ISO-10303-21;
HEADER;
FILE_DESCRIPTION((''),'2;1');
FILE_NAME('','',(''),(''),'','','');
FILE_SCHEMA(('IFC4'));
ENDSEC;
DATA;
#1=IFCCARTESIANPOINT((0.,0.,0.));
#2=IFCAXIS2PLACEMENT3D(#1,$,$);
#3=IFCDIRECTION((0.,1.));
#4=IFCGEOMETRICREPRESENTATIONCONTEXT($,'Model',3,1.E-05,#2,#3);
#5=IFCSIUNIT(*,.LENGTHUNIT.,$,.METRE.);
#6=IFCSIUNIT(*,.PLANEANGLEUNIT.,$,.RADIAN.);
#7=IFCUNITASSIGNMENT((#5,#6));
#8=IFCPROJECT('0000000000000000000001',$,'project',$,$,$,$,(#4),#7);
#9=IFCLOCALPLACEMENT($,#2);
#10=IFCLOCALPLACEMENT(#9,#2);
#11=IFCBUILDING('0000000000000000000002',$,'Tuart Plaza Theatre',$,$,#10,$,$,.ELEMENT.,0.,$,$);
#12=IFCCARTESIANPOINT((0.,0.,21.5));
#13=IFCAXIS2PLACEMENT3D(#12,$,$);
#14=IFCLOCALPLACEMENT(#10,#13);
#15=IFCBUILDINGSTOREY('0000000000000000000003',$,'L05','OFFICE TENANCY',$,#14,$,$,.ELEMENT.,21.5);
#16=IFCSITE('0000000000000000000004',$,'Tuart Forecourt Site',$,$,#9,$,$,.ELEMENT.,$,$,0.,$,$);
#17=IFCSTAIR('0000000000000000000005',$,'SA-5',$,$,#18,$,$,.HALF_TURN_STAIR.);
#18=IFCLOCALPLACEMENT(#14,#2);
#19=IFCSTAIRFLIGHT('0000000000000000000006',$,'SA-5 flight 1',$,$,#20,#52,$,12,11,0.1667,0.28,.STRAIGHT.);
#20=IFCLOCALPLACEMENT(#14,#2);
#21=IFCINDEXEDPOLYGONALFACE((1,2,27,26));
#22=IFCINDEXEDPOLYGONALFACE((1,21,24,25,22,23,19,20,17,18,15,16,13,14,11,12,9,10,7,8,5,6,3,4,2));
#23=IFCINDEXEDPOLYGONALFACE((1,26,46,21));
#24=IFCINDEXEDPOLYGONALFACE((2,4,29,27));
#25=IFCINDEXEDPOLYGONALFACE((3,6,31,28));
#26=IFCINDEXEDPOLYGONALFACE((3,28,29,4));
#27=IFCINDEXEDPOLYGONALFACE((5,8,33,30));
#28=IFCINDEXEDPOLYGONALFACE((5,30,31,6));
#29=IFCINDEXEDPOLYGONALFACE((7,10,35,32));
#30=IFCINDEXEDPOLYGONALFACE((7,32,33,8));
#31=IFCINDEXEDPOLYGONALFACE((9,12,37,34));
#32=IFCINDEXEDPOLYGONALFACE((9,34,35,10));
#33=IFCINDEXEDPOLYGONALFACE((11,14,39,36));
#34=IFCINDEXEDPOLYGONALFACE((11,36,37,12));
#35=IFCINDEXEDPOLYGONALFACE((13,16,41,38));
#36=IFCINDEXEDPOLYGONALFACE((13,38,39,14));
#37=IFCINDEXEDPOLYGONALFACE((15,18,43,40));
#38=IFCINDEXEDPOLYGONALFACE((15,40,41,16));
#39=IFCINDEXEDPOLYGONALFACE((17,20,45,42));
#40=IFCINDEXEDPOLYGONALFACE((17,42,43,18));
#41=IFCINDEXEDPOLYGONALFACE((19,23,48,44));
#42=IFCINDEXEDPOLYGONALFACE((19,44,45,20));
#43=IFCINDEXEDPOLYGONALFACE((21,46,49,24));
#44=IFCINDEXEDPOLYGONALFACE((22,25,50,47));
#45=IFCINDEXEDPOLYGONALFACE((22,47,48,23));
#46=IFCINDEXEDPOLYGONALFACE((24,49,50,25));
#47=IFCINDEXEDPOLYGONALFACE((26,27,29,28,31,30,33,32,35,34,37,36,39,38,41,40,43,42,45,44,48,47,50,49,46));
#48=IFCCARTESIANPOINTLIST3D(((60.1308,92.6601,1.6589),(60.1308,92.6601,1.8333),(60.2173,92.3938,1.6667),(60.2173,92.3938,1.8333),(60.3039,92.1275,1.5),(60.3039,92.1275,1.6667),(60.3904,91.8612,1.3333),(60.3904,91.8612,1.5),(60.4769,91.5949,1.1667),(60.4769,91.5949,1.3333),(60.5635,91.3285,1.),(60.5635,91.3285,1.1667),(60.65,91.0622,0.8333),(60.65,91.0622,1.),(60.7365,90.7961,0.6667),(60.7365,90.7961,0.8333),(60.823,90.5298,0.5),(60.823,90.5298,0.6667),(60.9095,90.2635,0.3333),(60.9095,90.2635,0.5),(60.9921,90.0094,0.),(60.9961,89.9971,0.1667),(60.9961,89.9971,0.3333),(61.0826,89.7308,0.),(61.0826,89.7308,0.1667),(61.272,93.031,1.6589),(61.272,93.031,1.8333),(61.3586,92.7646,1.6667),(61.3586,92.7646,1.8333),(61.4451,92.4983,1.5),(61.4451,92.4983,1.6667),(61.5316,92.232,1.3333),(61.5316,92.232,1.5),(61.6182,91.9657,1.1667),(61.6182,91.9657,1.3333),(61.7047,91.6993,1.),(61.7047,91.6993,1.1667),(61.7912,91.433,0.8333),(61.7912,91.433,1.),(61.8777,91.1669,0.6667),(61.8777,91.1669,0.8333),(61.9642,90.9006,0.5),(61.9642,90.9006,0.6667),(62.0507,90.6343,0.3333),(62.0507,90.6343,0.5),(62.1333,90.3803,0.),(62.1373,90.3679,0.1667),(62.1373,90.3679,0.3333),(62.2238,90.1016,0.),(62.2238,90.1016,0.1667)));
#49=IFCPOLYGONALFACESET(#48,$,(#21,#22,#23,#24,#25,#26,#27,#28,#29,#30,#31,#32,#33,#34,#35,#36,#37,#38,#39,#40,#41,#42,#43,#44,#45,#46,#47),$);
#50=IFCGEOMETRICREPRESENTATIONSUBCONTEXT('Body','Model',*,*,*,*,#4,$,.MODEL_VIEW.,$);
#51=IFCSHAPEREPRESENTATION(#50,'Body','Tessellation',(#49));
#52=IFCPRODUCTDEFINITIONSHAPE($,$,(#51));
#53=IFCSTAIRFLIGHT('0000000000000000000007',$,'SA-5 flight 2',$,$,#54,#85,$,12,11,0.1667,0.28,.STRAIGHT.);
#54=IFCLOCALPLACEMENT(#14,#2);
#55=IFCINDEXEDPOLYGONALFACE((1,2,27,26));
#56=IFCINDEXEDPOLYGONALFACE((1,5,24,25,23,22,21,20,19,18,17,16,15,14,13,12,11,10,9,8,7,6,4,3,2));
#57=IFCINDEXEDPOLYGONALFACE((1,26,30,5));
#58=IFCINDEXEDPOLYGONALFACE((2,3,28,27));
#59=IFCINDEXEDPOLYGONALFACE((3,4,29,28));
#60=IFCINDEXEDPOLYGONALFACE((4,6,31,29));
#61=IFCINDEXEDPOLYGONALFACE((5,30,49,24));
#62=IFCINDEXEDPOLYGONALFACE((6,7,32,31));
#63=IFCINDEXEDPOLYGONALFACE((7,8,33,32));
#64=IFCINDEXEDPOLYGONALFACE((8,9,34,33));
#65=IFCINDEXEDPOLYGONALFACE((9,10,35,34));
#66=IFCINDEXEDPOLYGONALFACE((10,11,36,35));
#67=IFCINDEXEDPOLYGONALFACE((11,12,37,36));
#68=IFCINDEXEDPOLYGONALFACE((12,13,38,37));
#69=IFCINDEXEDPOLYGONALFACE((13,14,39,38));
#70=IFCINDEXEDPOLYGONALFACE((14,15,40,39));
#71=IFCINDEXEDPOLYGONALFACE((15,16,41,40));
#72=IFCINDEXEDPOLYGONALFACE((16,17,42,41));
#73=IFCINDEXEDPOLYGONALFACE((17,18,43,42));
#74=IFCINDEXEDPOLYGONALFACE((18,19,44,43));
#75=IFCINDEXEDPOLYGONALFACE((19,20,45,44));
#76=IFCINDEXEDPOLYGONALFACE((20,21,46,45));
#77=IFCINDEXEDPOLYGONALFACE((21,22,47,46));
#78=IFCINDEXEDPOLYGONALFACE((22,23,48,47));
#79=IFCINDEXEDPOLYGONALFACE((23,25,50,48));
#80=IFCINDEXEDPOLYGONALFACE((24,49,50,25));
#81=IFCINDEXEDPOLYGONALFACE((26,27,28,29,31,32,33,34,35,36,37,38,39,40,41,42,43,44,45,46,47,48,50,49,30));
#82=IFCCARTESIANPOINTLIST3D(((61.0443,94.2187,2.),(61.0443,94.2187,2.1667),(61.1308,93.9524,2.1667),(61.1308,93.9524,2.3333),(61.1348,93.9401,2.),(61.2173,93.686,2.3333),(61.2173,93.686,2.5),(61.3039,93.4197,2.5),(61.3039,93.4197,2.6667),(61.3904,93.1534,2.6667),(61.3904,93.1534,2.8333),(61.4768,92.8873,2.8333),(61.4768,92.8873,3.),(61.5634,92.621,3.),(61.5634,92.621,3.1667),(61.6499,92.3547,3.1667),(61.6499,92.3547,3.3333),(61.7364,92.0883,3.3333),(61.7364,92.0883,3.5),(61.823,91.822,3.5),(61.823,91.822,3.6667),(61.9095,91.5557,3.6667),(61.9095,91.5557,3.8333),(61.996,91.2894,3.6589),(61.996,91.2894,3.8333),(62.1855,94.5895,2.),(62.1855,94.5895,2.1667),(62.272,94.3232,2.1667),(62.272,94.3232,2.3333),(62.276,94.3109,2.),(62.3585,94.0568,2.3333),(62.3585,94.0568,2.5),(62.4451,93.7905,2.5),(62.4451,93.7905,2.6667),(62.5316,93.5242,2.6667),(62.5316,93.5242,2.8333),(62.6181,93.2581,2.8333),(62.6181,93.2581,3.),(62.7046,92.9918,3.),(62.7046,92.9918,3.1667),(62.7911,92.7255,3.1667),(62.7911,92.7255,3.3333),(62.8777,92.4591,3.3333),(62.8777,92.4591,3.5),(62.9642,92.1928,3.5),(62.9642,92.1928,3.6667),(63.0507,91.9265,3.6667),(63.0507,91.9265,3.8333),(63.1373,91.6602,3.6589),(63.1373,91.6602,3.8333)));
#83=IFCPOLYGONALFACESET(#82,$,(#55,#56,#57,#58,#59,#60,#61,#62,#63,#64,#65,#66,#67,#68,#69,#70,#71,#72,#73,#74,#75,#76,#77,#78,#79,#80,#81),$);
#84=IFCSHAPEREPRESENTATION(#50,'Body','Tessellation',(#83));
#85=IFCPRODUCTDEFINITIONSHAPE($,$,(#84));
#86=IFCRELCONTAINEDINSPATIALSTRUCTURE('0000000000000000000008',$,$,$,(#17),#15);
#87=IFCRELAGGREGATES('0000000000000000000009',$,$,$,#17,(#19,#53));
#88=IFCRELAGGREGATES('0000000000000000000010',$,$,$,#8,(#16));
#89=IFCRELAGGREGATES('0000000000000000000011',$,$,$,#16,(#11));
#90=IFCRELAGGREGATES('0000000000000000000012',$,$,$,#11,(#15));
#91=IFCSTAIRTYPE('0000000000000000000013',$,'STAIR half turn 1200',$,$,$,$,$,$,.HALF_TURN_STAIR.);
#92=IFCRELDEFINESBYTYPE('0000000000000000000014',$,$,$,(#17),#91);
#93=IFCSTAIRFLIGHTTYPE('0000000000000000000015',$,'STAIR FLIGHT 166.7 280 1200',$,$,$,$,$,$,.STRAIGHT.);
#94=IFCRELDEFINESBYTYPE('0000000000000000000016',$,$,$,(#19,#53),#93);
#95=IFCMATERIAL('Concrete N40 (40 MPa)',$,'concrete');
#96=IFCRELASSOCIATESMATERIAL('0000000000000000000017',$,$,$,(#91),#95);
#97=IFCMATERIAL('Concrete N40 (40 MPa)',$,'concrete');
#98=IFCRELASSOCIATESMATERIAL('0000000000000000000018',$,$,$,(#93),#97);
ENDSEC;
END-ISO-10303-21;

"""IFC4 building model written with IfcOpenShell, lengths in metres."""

from ifc_helpers import new_model, si_unit, direction, frame, origin, place, context, subcontext, project, spatial, polyline, outline, extrude, material, type_object, element, aggregate, save


model = new_model("IFC4")

# Units and contexts
model_context = context("Model", 3, precision=1e-05, world=origin(), true_north=direction((0.0, 1.0)))
body_context = subcontext(model_context, "Body", "Model", "MODEL_VIEW")
ifc_project = project(units=[si_unit("LENGTHUNIT", "METRE"), si_unit("PLANEANGLEUNIT", "RADIAN")], contexts=[model_context])

# Site, building, storey
site_placement = place(None, origin())
site = spatial("IfcSite", under=ifc_project, at=site_placement, Name="Tuart Forecourt Site", CompositionType="ELEMENT", RefElevation=0.0)
building_placement = place(site_placement, origin())
building = spatial("IfcBuilding", under=site, at=building_placement, Name="Tuart Plaza Theatre", CompositionType="ELEMENT", ElevationOfRefHeight=0.0)
storey_placement = place(building_placement, frame((0.0, 0.0, 21.5)))
storey = spatial("IfcBuildingStorey", under=building, at=storey_placement, Name="L05", Description="OFFICE TENANCY", CompositionType="ELEMENT", Elevation=21.5)

# Stair, stair flights
ifc_material_1 = material(Name="Concrete N40 (40 MPa)", Category="concrete")
stair_type = type_object("IfcStairType", Name="STAIR half turn 1200", PredefinedType="HALF_TURN_STAIR", material=ifc_material_1)
stair_placement = place(storey_placement, origin())
stair = element("IfcStair", 1, at=stair_placement, inside=storey, type_object=stair_type, Name="SA-5", PredefinedType="HALF_TURN_STAIR")
ifc_material_2 = material(Name="Concrete N40 (40 MPa)", Category="concrete")
stair_flight_type = type_object("IfcStairFlightType", Name="STAIR FLIGHT 166.7 280 1200", PredefinedType="STRAIGHT", material=ifc_material_2)
stair_flight_1_placement = place(storey_placement, frame((61.6533, 89.9163, 0.0), z_axis=(0.0, 0.0, 1.0), x_axis=(-0.309017, 0.951057, 0.0)))
stair_flight_1 = element("IfcStairFlight", 2, at=stair_flight_1_placement, type_object=stair_flight_type, Name="SA-5 flight 1", NumberOfRisers=12, NumberOfTreads=11, PredefinedType="STRAIGHT", RiserHeight=0.1667, TreadLength=0.28, context=body_context, shape_type="SweptSolid", body=[
    extrude(outline(polyline([(0.0, 0.0), (0.0, 0.1667), (0.28, 0.1667), (0.28, 0.3333), (0.5601, 0.3333), (0.5601, 0.5), (0.8401, 0.5), (0.8401, 0.6667), (1.1201, 0.6667), (1.1201, 0.8333), (1.3999, 0.8333), (1.3999, 1.0), (1.6799, 1.0), (1.6799, 1.1667), (1.96, 1.1667), (1.96, 1.3333), (2.24, 1.3333), (2.24, 1.5), (2.52, 1.5), (2.52, 1.6667), (2.8, 1.6667), (2.8, 1.8333), (3.0801, 1.8333), (3.0801, 2.0), (3.0801, 1.6589), (0.293, 0.0), (0.0, 0.0)])), frame((0.0, 0.6001, 0.0), z_axis=(0.0, -1.0, 0.0), x_axis=(1.0, 0.0, 0.0)), (0.0, 0.0, 1.0), 1.2),
])
stair_flight_2_placement = place(storey_placement, frame((61.6147, 94.4041, 2.0), z_axis=(0.0, 0.0, 1.0), x_axis=(0.309017, -0.951057, 0.0)))
stair_flight_2 = element("IfcStairFlight", 3, at=stair_flight_2_placement, type_object=stair_flight_type, Name="SA-5 flight 2", NumberOfRisers=12, NumberOfTreads=11, PredefinedType="STRAIGHT", RiserHeight=0.1667, TreadLength=0.28, context=body_context, shape_type="SweptSolid", body=[
    extrude(outline(polyline([(0.0, 0.0), (0.0, 0.1667), (0.28, 0.1667), (0.28, 0.3333), (0.5601, 0.3333), (0.5601, 0.5), (0.8401, 0.5), (0.8401, 0.6667), (1.1201, 0.6667), (1.1201, 0.8333), (1.3999, 0.8333), (1.3999, 1.0), (1.6799, 1.0), (1.6799, 1.1667), (1.96, 1.1667), (1.96, 1.3333), (2.24, 1.3333), (2.24, 1.5), (2.52, 1.5), (2.52, 1.6667), (2.8, 1.6667), (2.8, 1.8333), (3.0801, 1.8333), (3.0801, 2.0), (3.0801, 1.6589), (0.293, 0.0), (0.0, 0.0)])), frame((0.0, 0.6001, 0.0), z_axis=(0.0, -1.0, 0.0), x_axis=(1.0, 0.0, 0.0)), (0.0, 0.0, 1.0), 1.2),
])
aggregate(stair, [stair_flight_1, stair_flight_2])

save(model, "model.ifc")
